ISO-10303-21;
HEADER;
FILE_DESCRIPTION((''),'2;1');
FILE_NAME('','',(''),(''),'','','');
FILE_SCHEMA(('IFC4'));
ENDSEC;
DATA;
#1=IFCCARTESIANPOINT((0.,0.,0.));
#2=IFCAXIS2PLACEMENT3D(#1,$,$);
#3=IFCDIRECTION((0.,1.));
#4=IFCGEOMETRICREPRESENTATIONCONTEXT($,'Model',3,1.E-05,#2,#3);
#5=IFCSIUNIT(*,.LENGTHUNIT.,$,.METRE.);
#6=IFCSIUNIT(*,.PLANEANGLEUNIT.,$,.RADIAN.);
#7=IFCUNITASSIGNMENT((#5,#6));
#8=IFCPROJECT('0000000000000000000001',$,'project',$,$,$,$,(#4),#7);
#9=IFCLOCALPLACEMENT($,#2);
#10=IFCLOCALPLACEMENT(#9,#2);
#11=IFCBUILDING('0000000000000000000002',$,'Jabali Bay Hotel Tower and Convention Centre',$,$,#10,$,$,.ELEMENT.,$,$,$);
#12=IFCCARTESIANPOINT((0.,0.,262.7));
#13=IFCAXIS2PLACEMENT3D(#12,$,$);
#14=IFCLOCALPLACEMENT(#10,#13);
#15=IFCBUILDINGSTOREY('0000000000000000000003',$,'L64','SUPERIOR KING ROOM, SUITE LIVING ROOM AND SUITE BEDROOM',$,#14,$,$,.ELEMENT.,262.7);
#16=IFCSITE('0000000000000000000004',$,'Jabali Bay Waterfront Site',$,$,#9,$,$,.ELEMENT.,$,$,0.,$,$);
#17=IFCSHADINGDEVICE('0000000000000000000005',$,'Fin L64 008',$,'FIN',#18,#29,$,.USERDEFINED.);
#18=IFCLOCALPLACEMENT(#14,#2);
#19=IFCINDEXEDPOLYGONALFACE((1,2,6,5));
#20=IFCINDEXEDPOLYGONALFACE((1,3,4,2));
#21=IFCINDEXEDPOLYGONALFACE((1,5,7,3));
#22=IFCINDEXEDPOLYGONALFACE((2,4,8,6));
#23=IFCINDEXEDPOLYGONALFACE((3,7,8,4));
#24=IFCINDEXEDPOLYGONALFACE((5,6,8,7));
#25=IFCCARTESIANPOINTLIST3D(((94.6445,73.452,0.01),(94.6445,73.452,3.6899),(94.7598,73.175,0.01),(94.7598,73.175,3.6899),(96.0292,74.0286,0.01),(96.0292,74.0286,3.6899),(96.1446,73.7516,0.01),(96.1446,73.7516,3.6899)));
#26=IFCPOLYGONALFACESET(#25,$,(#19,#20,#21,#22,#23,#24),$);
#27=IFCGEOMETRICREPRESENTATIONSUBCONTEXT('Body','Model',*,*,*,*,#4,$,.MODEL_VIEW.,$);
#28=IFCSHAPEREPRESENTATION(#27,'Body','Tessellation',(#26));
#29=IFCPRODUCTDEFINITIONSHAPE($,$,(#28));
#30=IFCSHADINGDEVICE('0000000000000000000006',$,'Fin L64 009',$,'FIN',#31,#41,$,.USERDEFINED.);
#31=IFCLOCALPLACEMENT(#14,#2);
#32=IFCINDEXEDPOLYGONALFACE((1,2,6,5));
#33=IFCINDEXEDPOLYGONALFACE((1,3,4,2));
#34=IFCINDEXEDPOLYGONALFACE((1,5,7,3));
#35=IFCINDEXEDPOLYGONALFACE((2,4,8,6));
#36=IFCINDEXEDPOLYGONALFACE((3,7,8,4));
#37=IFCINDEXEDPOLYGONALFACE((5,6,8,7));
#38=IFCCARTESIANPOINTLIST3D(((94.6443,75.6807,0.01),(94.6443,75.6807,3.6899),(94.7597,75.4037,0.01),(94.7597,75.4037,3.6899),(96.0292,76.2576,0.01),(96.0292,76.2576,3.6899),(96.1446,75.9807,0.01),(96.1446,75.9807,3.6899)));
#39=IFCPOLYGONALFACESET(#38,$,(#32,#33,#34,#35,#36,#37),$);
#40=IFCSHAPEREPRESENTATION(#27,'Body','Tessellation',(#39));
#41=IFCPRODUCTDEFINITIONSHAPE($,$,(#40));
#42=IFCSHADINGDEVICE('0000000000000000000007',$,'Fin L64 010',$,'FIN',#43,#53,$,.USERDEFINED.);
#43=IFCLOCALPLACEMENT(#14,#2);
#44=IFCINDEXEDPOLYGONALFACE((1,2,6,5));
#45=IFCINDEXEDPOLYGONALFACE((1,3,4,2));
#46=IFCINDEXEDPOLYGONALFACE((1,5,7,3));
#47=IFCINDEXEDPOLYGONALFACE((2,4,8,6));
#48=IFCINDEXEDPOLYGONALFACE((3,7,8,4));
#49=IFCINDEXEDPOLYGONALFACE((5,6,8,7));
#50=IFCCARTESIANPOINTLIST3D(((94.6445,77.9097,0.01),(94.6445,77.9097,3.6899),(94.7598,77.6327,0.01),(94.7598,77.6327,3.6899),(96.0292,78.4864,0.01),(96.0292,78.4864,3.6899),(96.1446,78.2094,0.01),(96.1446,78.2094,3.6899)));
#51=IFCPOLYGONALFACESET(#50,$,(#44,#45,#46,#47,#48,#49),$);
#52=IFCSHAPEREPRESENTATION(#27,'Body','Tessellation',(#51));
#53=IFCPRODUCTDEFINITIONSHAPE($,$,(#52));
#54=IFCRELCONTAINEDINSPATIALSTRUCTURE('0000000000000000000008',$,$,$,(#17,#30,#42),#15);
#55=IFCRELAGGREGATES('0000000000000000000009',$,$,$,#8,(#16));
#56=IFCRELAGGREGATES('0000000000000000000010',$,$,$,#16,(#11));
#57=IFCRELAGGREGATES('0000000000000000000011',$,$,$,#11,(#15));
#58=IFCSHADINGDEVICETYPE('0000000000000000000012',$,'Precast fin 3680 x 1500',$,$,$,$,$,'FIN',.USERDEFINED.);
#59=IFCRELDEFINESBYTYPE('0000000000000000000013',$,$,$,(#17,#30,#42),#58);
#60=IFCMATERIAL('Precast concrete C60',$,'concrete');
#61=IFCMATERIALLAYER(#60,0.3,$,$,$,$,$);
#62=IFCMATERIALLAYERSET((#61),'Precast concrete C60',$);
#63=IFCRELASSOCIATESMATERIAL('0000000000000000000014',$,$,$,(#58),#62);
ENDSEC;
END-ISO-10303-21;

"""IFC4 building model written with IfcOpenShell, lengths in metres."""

from ifc_helpers import new_model, si_unit, direction, frame, frame_2d, origin, place, context, subcontext, project, spatial, rectangle, extrude, material, layer, layer_set, type_object, element, save


model = new_model("IFC4")

# Units and contexts
model_context = context("Model", 3, precision=1e-05, world=origin(), true_north=direction((0.0, 1.0)))
body_context = subcontext(model_context, "Body", "Model", "MODEL_VIEW")
ifc_project = project(units=[si_unit("LENGTHUNIT", "METRE"), si_unit("PLANEANGLEUNIT", "RADIAN")], contexts=[model_context])

# Site, building, storey
site_placement = place(None, origin())
site = spatial("IfcSite", under=ifc_project, at=site_placement, Name="Jabali Bay Waterfront Site", CompositionType="ELEMENT", RefElevation=0.0)
building_placement = place(site_placement, origin())
building = spatial("IfcBuilding", under=site, at=building_placement, Name="Jabali Bay Hotel Tower and Convention Centre", CompositionType="ELEMENT")
storey_placement = place(building_placement, frame((0.0, 0.0, 262.7)))
storey = spatial("IfcBuildingStorey", under=building, at=storey_placement, Name="L64", Description="SUPERIOR KING ROOM, SUITE LIVING ROOM AND SUITE BEDROOM", CompositionType="ELEMENT", Elevation=262.7)

# Shading devices
ifc_material_1 = material(Name="Precast concrete C60", Category="concrete")
ifc_layer_1 = layer(ifc_material_1, 0.3)
ifc_layer_set_1 = layer_set([ifc_layer_1], Name="Precast concrete C60")
shading_device_type = type_object("IfcShadingDeviceType", Name="Precast fin 3680 x 1500", ElementType="FIN", PredefinedType="USERDEFINED", material=ifc_layer_set_1)
for number, where, z_axis, x_axis, name in (
    (1, (94.7021, 73.3135, 0.01), (0.0, 0.0, 1.0), (0.923154, 0.38443, 0.0), "Fin L64 008"),
):
    element("IfcShadingDevice", number, at=place(storey_placement, frame(where, z_axis=z_axis, x_axis=x_axis)), inside=storey, type_object=shading_device_type, Name=name, ObjectType="FIN", PredefinedType="USERDEFINED", context=body_context, shape_type="SweptSolid", body=[
        extrude(rectangle(XDim=1.5, YDim=0.3, at=frame_2d((0.75, 0.0))), origin(), (0.0, 0.0, 1.0), 3.6799),
    ])
shading_device_1_placement = place(storey_placement, frame((94.7021, 75.5422, 0.01), z_axis=(0.0, 0.0, 1.0), x_axis=(0.923096, 0.384569, 0.0)))
element("IfcShadingDevice", 2, at=shading_device_1_placement, inside=storey, type_object=shading_device_type, Name="Fin L64 009", ObjectType="FIN", PredefinedType="USERDEFINED", context=body_context, shape_type="SweptSolid", body=[
    extrude(rectangle(XDim=1.5002, YDim=0.3, at=frame_2d((0.75, 0.0))), origin(), (0.0, 0.0, 1.0), 3.6799),
])
shading_device_2_placement = place(storey_placement, frame((94.7021, 77.7712, 0.01), z_axis=(0.0, 0.0, 1.0), x_axis=(0.923154, 0.38443, 0.0)))
element("IfcShadingDevice", 3, at=shading_device_2_placement, inside=storey, type_object=shading_device_type, Name="Fin L64 010", ObjectType="FIN", PredefinedType="USERDEFINED", context=body_context, shape_type="SweptSolid", body=[
    extrude(rectangle(XDim=1.5, YDim=0.3, at=frame_2d((0.75, 0.0))), origin(), (0.0, 0.0, 1.0), 3.6799),
])

save(model, "model.ifc")
